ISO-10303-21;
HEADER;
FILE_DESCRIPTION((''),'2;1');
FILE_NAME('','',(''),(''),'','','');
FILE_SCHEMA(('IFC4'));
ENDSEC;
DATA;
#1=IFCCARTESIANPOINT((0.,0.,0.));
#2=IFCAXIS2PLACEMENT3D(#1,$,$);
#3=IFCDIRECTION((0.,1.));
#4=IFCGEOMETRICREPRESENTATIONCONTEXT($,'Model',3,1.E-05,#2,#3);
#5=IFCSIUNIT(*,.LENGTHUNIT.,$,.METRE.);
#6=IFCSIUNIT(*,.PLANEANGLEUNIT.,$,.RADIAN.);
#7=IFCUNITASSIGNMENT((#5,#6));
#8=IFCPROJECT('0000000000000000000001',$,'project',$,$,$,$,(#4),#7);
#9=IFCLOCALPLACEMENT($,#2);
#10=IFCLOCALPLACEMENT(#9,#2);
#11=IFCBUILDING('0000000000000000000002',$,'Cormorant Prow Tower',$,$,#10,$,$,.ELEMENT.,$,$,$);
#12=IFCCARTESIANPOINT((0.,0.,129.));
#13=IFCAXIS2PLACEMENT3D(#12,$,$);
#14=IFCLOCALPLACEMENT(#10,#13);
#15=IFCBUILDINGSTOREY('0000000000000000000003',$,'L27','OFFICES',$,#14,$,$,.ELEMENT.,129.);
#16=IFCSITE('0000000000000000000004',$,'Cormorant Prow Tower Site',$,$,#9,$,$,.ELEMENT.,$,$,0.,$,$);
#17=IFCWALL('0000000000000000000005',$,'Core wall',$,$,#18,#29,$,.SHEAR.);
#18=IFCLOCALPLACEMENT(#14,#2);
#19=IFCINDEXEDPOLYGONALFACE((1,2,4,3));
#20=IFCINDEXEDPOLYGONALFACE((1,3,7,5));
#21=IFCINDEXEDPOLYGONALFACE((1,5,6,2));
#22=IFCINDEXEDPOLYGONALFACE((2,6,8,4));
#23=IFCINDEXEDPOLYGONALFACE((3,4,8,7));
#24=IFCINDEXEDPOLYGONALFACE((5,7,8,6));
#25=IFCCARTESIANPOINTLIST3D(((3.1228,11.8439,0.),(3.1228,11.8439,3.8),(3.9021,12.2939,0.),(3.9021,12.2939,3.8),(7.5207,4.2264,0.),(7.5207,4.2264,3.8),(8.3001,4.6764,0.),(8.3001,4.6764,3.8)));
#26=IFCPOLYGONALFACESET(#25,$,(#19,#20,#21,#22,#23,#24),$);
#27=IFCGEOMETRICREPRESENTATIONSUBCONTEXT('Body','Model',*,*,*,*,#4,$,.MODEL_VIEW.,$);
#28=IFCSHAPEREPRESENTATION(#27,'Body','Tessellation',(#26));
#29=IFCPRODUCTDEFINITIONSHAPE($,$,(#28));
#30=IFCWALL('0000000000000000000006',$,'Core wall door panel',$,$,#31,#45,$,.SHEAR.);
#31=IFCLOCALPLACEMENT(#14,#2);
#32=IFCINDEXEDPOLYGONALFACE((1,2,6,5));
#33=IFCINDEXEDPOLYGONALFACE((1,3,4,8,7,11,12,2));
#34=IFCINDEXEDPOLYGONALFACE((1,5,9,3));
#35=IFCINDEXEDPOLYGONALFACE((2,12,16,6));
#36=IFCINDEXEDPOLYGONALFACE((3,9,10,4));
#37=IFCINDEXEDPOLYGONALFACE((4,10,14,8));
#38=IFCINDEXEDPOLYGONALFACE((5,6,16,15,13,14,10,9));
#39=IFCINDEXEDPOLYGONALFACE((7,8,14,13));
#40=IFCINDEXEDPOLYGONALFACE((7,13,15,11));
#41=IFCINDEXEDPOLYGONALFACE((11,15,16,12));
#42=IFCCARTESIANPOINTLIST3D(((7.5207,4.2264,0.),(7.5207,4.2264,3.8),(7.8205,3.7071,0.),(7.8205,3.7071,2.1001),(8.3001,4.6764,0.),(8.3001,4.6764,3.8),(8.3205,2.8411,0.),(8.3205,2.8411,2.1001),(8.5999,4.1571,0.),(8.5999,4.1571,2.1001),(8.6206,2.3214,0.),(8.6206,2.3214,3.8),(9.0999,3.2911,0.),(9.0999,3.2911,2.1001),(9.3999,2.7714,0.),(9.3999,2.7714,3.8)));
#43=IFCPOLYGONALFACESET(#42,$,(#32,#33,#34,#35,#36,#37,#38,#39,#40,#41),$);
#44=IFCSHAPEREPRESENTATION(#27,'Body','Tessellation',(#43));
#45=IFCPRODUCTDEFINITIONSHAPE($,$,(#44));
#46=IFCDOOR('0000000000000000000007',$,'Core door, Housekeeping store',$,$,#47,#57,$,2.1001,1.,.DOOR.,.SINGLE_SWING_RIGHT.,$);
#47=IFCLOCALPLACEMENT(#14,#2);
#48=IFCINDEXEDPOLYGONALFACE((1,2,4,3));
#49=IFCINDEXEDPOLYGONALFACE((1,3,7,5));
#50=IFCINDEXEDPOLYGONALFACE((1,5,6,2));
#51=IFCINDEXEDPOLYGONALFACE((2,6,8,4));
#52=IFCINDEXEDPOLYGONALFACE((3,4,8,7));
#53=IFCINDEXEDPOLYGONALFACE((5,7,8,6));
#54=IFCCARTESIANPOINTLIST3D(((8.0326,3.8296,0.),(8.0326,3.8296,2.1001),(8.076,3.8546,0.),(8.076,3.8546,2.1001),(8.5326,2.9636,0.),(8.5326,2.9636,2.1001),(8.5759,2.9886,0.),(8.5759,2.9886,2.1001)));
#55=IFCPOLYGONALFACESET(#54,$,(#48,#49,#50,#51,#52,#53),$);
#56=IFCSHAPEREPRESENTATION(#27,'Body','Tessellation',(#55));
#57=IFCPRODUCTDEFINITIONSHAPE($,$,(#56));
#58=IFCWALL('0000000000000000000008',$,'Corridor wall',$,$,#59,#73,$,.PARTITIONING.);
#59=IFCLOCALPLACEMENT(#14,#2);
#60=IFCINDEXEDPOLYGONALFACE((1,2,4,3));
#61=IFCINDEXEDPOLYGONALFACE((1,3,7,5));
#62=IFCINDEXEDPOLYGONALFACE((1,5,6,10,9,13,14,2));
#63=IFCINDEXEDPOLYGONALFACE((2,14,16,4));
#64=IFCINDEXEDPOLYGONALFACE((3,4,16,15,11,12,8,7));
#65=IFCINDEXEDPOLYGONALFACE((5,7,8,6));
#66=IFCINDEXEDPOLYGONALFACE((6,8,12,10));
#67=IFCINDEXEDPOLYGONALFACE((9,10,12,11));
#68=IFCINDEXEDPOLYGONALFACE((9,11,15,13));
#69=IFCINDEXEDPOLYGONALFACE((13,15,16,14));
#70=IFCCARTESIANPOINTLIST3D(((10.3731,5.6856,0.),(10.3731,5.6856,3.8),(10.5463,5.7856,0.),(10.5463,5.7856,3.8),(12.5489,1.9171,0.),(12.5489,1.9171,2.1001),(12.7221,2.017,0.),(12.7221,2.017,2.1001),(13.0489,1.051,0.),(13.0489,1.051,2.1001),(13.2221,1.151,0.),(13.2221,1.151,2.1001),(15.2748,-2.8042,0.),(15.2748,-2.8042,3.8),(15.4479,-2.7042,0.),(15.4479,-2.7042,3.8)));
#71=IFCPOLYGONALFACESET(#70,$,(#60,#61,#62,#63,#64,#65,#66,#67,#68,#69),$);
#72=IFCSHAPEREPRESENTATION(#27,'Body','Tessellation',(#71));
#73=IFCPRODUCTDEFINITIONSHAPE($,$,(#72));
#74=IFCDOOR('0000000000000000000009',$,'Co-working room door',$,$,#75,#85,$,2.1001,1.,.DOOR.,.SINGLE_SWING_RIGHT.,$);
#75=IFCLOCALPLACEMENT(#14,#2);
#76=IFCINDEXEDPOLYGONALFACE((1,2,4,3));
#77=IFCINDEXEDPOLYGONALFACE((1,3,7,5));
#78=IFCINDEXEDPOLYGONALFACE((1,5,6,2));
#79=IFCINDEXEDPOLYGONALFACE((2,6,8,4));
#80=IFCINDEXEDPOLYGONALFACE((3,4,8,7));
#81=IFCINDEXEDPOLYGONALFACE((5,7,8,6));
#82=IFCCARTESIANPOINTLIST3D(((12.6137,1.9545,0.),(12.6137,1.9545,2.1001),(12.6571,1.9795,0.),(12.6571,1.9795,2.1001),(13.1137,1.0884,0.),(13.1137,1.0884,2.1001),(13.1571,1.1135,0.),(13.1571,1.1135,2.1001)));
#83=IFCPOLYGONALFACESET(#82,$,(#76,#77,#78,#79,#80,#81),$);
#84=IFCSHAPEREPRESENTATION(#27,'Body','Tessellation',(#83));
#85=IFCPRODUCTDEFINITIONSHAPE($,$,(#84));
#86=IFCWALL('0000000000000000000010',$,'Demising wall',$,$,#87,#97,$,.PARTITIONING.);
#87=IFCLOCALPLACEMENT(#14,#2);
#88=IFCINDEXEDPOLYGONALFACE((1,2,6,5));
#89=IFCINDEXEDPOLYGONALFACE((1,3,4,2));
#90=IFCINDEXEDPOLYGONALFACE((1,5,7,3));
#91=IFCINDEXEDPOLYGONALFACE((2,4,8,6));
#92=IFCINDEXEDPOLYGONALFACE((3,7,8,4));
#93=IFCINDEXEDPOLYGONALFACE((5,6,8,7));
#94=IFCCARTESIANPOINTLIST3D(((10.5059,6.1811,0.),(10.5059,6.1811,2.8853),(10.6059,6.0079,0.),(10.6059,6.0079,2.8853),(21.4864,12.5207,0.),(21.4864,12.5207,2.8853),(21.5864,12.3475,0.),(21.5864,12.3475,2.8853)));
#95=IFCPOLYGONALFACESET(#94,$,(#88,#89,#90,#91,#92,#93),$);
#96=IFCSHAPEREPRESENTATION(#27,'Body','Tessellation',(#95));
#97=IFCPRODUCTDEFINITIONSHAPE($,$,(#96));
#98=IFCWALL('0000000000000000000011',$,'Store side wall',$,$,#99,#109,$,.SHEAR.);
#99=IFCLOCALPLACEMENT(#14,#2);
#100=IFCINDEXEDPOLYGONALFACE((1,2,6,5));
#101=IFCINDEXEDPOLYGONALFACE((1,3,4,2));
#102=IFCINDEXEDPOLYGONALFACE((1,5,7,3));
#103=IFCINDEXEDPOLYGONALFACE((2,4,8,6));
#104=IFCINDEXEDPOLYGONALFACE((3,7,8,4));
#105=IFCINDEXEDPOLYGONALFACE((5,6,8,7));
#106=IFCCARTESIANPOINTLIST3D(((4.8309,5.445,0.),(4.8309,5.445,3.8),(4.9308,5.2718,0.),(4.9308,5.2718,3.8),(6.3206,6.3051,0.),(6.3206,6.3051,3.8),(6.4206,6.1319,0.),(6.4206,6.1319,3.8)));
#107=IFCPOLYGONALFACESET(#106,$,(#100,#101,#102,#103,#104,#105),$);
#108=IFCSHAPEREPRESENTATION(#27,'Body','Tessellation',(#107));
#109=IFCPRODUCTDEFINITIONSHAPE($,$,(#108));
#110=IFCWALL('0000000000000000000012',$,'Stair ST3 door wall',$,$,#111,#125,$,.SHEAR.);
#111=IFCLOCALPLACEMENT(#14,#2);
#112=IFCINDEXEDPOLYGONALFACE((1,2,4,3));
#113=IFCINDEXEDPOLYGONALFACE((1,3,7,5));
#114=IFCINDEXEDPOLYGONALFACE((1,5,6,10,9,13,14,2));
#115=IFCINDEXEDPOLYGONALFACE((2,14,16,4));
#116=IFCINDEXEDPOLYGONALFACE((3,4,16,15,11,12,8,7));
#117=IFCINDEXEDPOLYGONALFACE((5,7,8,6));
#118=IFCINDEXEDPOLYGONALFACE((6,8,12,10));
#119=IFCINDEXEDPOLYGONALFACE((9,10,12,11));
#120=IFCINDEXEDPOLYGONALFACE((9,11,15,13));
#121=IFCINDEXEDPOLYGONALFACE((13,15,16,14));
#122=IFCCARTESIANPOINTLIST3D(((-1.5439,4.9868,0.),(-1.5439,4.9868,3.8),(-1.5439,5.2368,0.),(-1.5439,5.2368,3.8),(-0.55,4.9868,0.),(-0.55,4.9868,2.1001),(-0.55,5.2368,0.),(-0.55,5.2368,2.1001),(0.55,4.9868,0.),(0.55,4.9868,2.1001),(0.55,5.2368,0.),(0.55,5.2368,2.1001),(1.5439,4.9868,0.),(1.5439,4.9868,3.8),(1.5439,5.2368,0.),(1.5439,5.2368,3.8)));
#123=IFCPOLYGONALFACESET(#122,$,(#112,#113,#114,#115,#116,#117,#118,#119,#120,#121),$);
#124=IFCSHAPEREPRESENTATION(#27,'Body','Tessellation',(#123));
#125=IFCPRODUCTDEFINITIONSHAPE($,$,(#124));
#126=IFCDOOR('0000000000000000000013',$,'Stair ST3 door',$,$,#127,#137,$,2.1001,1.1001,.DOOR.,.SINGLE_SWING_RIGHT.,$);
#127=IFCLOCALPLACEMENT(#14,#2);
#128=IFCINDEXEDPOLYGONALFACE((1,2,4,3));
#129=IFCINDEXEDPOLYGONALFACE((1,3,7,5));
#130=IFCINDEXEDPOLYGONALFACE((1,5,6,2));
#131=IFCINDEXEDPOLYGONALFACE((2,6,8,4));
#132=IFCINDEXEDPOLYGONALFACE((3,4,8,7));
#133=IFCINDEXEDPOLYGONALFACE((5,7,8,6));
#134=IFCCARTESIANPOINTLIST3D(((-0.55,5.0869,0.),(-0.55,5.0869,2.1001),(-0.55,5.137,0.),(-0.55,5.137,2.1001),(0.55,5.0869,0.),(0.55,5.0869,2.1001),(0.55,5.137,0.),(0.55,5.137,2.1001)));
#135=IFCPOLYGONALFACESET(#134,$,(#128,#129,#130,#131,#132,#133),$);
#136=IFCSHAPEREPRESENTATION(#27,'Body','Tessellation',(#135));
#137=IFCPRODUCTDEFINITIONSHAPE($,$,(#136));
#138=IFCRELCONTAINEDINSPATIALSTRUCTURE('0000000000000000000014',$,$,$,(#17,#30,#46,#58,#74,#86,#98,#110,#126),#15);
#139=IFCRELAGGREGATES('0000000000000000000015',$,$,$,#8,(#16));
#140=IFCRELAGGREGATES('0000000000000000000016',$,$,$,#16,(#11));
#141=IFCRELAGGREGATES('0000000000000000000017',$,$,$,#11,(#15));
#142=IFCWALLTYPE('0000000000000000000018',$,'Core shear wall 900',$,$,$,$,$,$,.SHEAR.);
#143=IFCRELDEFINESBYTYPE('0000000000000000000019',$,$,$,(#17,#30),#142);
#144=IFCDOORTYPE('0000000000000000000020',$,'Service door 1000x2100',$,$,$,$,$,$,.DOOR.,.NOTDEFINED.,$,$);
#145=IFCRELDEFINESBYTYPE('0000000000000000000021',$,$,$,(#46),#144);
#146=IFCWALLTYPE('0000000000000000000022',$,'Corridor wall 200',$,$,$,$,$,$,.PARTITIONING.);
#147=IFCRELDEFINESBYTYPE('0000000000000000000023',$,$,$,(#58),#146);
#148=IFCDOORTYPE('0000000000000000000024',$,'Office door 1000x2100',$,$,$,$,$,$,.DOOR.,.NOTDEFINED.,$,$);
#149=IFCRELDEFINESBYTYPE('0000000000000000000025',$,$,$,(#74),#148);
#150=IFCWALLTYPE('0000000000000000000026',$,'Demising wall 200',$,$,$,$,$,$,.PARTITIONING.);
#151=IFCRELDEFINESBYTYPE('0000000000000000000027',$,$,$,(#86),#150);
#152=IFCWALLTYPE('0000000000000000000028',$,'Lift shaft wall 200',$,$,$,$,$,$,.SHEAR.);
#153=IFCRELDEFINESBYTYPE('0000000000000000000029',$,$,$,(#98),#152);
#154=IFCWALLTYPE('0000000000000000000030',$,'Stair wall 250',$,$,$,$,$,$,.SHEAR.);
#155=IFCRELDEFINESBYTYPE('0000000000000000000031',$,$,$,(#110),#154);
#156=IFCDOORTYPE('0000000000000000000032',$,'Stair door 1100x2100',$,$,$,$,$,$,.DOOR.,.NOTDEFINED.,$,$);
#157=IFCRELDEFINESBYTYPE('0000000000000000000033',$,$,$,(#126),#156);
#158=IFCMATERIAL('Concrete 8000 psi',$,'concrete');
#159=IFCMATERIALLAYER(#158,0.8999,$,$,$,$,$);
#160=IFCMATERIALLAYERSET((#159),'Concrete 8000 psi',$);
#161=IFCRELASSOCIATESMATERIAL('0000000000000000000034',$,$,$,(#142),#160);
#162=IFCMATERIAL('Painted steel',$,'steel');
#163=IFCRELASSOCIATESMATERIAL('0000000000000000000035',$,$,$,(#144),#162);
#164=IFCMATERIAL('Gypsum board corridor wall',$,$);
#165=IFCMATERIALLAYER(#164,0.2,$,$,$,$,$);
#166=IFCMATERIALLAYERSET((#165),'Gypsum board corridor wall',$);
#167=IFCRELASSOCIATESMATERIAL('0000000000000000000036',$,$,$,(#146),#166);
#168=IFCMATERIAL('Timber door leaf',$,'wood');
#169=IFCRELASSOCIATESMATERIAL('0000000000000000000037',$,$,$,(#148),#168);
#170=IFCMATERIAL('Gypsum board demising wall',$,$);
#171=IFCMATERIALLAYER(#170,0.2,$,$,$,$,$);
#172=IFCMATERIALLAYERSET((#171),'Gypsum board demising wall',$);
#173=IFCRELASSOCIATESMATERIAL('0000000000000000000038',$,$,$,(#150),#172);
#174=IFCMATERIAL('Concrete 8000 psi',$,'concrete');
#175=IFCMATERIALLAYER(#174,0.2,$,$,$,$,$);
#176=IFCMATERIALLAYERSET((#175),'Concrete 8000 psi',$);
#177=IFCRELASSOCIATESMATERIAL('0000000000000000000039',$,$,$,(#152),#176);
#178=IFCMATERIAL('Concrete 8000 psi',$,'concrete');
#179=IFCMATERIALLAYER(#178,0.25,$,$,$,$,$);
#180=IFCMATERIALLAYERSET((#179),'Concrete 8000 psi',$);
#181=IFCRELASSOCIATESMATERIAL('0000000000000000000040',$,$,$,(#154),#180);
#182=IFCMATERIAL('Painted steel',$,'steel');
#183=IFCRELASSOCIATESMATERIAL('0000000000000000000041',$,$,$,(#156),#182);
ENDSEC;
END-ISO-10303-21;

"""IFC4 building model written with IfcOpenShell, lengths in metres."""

from ifc_helpers import new_model, si_unit, direction, frame, frame_2d, origin, place, context, subcontext, project, spatial, rectangle, extrude, material, layer, layer_set, type_object, element, fill, save


model = new_model("IFC4")

# Units and contexts
model_context = context("Model", 3, precision=1e-05, world=origin(), true_north=direction((0.0, 1.0)))
body_context = subcontext(model_context, "Body", "Model", "MODEL_VIEW")
ifc_project = project(units=[si_unit("LENGTHUNIT", "METRE"), si_unit("PLANEANGLEUNIT", "RADIAN")], contexts=[model_context])

# Site, building, storey
site_placement = place(None, origin())
site = spatial("IfcSite", under=ifc_project, at=site_placement, Name="Cormorant Prow Tower Site", CompositionType="ELEMENT", RefElevation=0.0)
building_placement = place(site_placement, origin())
building = spatial("IfcBuilding", under=site, at=building_placement, Name="Cormorant Prow Tower", CompositionType="ELEMENT")
storey_placement = place(building_placement, frame((0.0, 0.0, 129.0)))
storey = spatial("IfcBuildingStorey", under=building, at=storey_placement, Name="L27", Description="OFFICES", CompositionType="ELEMENT", Elevation=129.0)

# Wall
ifc_material_1 = material(Name="Concrete 8000 psi", Category="concrete")
ifc_layer_1 = layer(ifc_material_1, 0.8999)
ifc_layer_set_1 = layer_set([ifc_layer_1], Name="Concrete 8000 psi")
wall_type_1 = type_object("IfcWallType", Name="Core shear wall 900", PredefinedType="SHEAR", material=ifc_layer_set_1)
wall_1_placement = place(storey_placement, frame((7.9104, 4.4514, 0.0), z_axis=(0.0, 0.0, 1.0), x_axis=(-0.500002, 0.866024, 0.0)))
element("IfcWall", 1, at=wall_1_placement, inside=storey, type_object=wall_type_1, Name="Core wall", PredefinedType="SHEAR", context=body_context, shape_type="SweptSolid", body=[
    extrude(rectangle(XDim=8.7959, YDim=0.8999, at=frame_2d((4.3979, 0.0))), origin(), (0.0, 0.0, 1.0), 3.8),
])

# Walls, openings, doors
wall_2_placement = place(storey_placement, frame((9.0103, 2.5464, 0.0), z_axis=(0.0, 0.0, 1.0), x_axis=(-0.499995, 0.866028, 0.0)))
wall_2 = element("IfcWall", 2, at=wall_2_placement, inside=storey, type_object=wall_type_1, Name="Core wall door panel", PredefinedType="SHEAR", context=body_context, shape_type="SweptSolid", body=[
    extrude(rectangle(XDim=2.1997, YDim=0.8999, at=frame_2d((1.0999, 0.0))), origin(), (0.0, 0.0, 1.0), 3.8),
])
opening_1_placement = place(wall_2_placement, frame((0.6001, 0.0, 0.0)))
opening_1 = element("IfcOpeningElement", 3, at=opening_1_placement, cuts=wall_2, PredefinedType="OPENING", context=body_context, shape_type="SweptSolid", body=[
    extrude(rectangle(XDim=1.0, YDim=2.1001, at=frame_2d((0.5, 1.05))), frame((0.0, 0.46, 0.0), z_axis=(0.0, -1.0, 0.0), x_axis=(1.0, 0.0, 0.0)), (0.0, 0.0, 1.0), 0.9199),
])
ifc_material_2 = material(Name="Painted steel", Category="steel")
door_type_1 = type_object("IfcDoorType", Name="Service door 1000x2100", OperationType="NOTDEFINED", PredefinedType="DOOR", material=ifc_material_2)
door_1_placement = place(opening_1_placement, origin())
door_1 = element("IfcDoor", 4, at=door_1_placement, inside=storey, type_object=door_type_1, Name="Core door, Housekeeping store", OperationType="SINGLE_SWING_RIGHT", OverallHeight=2.1001, OverallWidth=1.0, PredefinedType="DOOR", context=body_context, shape_type="SweptSolid", body=[
    extrude(rectangle(XDim=1.0, YDim=2.1001, at=frame_2d((0.5, 1.05))), frame((0.0, 0.2051, 0.0), z_axis=(0.0, -1.0, 0.0), x_axis=(1.0, 0.0, 0.0)), (0.0, 0.0, 1.0), 0.05),
])
fill(opening_1, door_1)
ifc_material_3 = material(Name="Gypsum board corridor wall")
ifc_layer_2 = layer(ifc_material_3, 0.2)
ifc_layer_set_2 = layer_set([ifc_layer_2], Name="Gypsum board corridor wall")
wall_type_2 = type_object("IfcWallType", Name="Corridor wall 200", PredefinedType="PARTITIONING", material=ifc_layer_set_2)
wall_3_placement = place(storey_placement, frame((10.4597, 5.7356, 0.0), z_axis=(0.0, 0.0, 1.0), x_axis=(0.500004, -0.866023, 0.0)))
wall_3 = element("IfcWall", 5, at=wall_3_placement, inside=storey, type_object=wall_type_2, Name="Corridor wall", PredefinedType="PARTITIONING", context=body_context, shape_type="SweptSolid", body=[
    extrude(rectangle(XDim=9.8032, YDim=0.2, at=frame_2d((4.9016, 0.0))), origin(), (0.0, 0.0, 1.0), 3.8),
])
opening_2_placement = place(wall_3_placement, frame((4.3516, 0.0, 0.0)))
opening_2 = element("IfcOpeningElement", 6, at=opening_2_placement, cuts=wall_3, PredefinedType="OPENING", context=body_context, shape_type="SweptSolid", body=[
    extrude(rectangle(XDim=1.0, YDim=2.1001, at=frame_2d((0.5, 1.05))), frame((0.0, 0.1099, 0.0), z_axis=(0.0, -1.0, 0.0), x_axis=(1.0, 0.0, 0.0)), (0.0, 0.0, 1.0), 0.22),
])
ifc_material_4 = material(Name="Timber door leaf", Category="wood")
door_type_2 = type_object("IfcDoorType", Name="Office door 1000x2100", OperationType="NOTDEFINED", PredefinedType="DOOR", material=ifc_material_4)
door_2_placement = place(opening_2_placement, origin())
door_2 = element("IfcDoor", 7, at=door_2_placement, inside=storey, type_object=door_type_2, Name="Co-working room door", OperationType="SINGLE_SWING_RIGHT", OverallHeight=2.1001, OverallWidth=1.0, PredefinedType="DOOR", context=body_context, shape_type="SweptSolid", body=[
    extrude(rectangle(XDim=1.0, YDim=2.1001, at=frame_2d((0.5, 1.05))), frame((0.0, 0.0249, 0.0), z_axis=(0.0, -1.0, 0.0), x_axis=(1.0, 0.0, 0.0)), (0.0, 0.0, 1.0), 0.05),
])
fill(opening_2, door_2)

# Walls
ifc_material_5 = material(Name="Gypsum board demising wall")
ifc_layer_3 = layer(ifc_material_5, 0.2)
ifc_layer_set_3 = layer_set([ifc_layer_3], Name="Gypsum board demising wall")
wall_type_3 = type_object("IfcWallType", Name="Demising wall 200", PredefinedType="PARTITIONING", material=ifc_layer_set_3)
wall_4_placement = place(storey_placement, frame((10.5559, 6.0945, 0.0), z_axis=(0.0, 0.0, 1.0), x_axis=(0.866025, 0.500001, 0.0)))
element("IfcWall", 8, at=wall_4_placement, inside=storey, type_object=wall_type_3, Name="Demising wall", PredefinedType="PARTITIONING", context=body_context, shape_type="SweptSolid", body=[
    extrude(rectangle(XDim=12.6792, YDim=0.2, at=frame_2d((6.3396, 0.0))), origin(), (0.0, 0.0, 1.0), 2.8853),
])
ifc_material_6 = material(Name="Concrete 8000 psi", Category="concrete")
ifc_layer_4 = layer(ifc_material_6, 0.2)
ifc_layer_set_4 = layer_set([ifc_layer_4], Name="Concrete 8000 psi")
wall_type_4 = type_object("IfcWallType", Name="Lift shaft wall 200", PredefinedType="SHEAR", material=ifc_layer_set_4)
wall_5_placement = place(storey_placement, frame((4.8809, 5.3584, 0.0), z_axis=(0.0, 0.0, 1.0), x_axis=(0.866025, 0.500001, 0.0)))
element("IfcWall", 9, at=wall_5_placement, inside=storey, type_object=wall_type_4, Name="Store side wall", PredefinedType="SHEAR", context=body_context, shape_type="SweptSolid", body=[
    extrude(rectangle(XDim=1.7202, YDim=0.2, at=frame_2d((0.8601, 0.0))), origin(), (0.0, 0.0, 1.0), 3.8),
])

# Wall, opening, door
ifc_material_7 = material(Name="Concrete 8000 psi", Category="concrete")
ifc_layer_5 = layer(ifc_material_7, 0.25)
ifc_layer_set_5 = layer_set([ifc_layer_5], Name="Concrete 8000 psi")
wall_type_5 = type_object("IfcWallType", Name="Stair wall 250", PredefinedType="SHEAR", material=ifc_layer_set_5)
wall_6_placement = place(storey_placement, frame((1.5439, 5.1118, 0.0), z_axis=(0.0, 0.0, 1.0), x_axis=(-1.0, 0.0, 0.0)))
wall_6 = element("IfcWall", 10, at=wall_6_placement, inside=storey, type_object=wall_type_5, Name="Stair ST3 door wall", PredefinedType="SHEAR", context=body_context, shape_type="SweptSolid", body=[
    extrude(rectangle(XDim=3.0879, YDim=0.25, at=frame_2d((1.5439, 0.0))), origin(), (0.0, 0.0, 1.0), 3.8),
])
opening_3_placement = place(wall_6_placement, frame((0.9939, 0.0, 0.0)))
opening_3 = element("IfcOpeningElement", 11, at=opening_3_placement, cuts=wall_6, PredefinedType="OPENING", context=body_context, shape_type="SweptSolid", body=[
    extrude(rectangle(XDim=1.1001, YDim=2.1001, at=frame_2d((0.55, 1.05))), frame((0.0, 0.135, 0.0), z_axis=(0.0, -1.0, 0.0), x_axis=(1.0, 0.0, 0.0)), (0.0, 0.0, 1.0), 0.27),
])
ifc_material_8 = material(Name="Painted steel", Category="steel")
door_type_3 = type_object("IfcDoorType", Name="Stair door 1100x2100", OperationType="NOTDEFINED", PredefinedType="DOOR", material=ifc_material_8)
door_3_placement = place(opening_3_placement, origin())
door_3 = element("IfcDoor", 12, at=door_3_placement, inside=storey, type_object=door_type_3, Name="Stair ST3 door", OperationType="SINGLE_SWING_RIGHT", OverallHeight=2.1001, OverallWidth=1.1001, PredefinedType="DOOR", context=body_context, shape_type="SweptSolid", body=[
    extrude(rectangle(XDim=1.1001, YDim=2.1001, at=frame_2d((0.55, 1.05))), frame((0.0, 0.0249, 0.0), z_axis=(0.0, -1.0, 0.0), x_axis=(1.0, 0.0, 0.0)), (0.0, 0.0, 1.0), 0.05),
])
fill(opening_3, door_3)

save(model, "model.ifc")
